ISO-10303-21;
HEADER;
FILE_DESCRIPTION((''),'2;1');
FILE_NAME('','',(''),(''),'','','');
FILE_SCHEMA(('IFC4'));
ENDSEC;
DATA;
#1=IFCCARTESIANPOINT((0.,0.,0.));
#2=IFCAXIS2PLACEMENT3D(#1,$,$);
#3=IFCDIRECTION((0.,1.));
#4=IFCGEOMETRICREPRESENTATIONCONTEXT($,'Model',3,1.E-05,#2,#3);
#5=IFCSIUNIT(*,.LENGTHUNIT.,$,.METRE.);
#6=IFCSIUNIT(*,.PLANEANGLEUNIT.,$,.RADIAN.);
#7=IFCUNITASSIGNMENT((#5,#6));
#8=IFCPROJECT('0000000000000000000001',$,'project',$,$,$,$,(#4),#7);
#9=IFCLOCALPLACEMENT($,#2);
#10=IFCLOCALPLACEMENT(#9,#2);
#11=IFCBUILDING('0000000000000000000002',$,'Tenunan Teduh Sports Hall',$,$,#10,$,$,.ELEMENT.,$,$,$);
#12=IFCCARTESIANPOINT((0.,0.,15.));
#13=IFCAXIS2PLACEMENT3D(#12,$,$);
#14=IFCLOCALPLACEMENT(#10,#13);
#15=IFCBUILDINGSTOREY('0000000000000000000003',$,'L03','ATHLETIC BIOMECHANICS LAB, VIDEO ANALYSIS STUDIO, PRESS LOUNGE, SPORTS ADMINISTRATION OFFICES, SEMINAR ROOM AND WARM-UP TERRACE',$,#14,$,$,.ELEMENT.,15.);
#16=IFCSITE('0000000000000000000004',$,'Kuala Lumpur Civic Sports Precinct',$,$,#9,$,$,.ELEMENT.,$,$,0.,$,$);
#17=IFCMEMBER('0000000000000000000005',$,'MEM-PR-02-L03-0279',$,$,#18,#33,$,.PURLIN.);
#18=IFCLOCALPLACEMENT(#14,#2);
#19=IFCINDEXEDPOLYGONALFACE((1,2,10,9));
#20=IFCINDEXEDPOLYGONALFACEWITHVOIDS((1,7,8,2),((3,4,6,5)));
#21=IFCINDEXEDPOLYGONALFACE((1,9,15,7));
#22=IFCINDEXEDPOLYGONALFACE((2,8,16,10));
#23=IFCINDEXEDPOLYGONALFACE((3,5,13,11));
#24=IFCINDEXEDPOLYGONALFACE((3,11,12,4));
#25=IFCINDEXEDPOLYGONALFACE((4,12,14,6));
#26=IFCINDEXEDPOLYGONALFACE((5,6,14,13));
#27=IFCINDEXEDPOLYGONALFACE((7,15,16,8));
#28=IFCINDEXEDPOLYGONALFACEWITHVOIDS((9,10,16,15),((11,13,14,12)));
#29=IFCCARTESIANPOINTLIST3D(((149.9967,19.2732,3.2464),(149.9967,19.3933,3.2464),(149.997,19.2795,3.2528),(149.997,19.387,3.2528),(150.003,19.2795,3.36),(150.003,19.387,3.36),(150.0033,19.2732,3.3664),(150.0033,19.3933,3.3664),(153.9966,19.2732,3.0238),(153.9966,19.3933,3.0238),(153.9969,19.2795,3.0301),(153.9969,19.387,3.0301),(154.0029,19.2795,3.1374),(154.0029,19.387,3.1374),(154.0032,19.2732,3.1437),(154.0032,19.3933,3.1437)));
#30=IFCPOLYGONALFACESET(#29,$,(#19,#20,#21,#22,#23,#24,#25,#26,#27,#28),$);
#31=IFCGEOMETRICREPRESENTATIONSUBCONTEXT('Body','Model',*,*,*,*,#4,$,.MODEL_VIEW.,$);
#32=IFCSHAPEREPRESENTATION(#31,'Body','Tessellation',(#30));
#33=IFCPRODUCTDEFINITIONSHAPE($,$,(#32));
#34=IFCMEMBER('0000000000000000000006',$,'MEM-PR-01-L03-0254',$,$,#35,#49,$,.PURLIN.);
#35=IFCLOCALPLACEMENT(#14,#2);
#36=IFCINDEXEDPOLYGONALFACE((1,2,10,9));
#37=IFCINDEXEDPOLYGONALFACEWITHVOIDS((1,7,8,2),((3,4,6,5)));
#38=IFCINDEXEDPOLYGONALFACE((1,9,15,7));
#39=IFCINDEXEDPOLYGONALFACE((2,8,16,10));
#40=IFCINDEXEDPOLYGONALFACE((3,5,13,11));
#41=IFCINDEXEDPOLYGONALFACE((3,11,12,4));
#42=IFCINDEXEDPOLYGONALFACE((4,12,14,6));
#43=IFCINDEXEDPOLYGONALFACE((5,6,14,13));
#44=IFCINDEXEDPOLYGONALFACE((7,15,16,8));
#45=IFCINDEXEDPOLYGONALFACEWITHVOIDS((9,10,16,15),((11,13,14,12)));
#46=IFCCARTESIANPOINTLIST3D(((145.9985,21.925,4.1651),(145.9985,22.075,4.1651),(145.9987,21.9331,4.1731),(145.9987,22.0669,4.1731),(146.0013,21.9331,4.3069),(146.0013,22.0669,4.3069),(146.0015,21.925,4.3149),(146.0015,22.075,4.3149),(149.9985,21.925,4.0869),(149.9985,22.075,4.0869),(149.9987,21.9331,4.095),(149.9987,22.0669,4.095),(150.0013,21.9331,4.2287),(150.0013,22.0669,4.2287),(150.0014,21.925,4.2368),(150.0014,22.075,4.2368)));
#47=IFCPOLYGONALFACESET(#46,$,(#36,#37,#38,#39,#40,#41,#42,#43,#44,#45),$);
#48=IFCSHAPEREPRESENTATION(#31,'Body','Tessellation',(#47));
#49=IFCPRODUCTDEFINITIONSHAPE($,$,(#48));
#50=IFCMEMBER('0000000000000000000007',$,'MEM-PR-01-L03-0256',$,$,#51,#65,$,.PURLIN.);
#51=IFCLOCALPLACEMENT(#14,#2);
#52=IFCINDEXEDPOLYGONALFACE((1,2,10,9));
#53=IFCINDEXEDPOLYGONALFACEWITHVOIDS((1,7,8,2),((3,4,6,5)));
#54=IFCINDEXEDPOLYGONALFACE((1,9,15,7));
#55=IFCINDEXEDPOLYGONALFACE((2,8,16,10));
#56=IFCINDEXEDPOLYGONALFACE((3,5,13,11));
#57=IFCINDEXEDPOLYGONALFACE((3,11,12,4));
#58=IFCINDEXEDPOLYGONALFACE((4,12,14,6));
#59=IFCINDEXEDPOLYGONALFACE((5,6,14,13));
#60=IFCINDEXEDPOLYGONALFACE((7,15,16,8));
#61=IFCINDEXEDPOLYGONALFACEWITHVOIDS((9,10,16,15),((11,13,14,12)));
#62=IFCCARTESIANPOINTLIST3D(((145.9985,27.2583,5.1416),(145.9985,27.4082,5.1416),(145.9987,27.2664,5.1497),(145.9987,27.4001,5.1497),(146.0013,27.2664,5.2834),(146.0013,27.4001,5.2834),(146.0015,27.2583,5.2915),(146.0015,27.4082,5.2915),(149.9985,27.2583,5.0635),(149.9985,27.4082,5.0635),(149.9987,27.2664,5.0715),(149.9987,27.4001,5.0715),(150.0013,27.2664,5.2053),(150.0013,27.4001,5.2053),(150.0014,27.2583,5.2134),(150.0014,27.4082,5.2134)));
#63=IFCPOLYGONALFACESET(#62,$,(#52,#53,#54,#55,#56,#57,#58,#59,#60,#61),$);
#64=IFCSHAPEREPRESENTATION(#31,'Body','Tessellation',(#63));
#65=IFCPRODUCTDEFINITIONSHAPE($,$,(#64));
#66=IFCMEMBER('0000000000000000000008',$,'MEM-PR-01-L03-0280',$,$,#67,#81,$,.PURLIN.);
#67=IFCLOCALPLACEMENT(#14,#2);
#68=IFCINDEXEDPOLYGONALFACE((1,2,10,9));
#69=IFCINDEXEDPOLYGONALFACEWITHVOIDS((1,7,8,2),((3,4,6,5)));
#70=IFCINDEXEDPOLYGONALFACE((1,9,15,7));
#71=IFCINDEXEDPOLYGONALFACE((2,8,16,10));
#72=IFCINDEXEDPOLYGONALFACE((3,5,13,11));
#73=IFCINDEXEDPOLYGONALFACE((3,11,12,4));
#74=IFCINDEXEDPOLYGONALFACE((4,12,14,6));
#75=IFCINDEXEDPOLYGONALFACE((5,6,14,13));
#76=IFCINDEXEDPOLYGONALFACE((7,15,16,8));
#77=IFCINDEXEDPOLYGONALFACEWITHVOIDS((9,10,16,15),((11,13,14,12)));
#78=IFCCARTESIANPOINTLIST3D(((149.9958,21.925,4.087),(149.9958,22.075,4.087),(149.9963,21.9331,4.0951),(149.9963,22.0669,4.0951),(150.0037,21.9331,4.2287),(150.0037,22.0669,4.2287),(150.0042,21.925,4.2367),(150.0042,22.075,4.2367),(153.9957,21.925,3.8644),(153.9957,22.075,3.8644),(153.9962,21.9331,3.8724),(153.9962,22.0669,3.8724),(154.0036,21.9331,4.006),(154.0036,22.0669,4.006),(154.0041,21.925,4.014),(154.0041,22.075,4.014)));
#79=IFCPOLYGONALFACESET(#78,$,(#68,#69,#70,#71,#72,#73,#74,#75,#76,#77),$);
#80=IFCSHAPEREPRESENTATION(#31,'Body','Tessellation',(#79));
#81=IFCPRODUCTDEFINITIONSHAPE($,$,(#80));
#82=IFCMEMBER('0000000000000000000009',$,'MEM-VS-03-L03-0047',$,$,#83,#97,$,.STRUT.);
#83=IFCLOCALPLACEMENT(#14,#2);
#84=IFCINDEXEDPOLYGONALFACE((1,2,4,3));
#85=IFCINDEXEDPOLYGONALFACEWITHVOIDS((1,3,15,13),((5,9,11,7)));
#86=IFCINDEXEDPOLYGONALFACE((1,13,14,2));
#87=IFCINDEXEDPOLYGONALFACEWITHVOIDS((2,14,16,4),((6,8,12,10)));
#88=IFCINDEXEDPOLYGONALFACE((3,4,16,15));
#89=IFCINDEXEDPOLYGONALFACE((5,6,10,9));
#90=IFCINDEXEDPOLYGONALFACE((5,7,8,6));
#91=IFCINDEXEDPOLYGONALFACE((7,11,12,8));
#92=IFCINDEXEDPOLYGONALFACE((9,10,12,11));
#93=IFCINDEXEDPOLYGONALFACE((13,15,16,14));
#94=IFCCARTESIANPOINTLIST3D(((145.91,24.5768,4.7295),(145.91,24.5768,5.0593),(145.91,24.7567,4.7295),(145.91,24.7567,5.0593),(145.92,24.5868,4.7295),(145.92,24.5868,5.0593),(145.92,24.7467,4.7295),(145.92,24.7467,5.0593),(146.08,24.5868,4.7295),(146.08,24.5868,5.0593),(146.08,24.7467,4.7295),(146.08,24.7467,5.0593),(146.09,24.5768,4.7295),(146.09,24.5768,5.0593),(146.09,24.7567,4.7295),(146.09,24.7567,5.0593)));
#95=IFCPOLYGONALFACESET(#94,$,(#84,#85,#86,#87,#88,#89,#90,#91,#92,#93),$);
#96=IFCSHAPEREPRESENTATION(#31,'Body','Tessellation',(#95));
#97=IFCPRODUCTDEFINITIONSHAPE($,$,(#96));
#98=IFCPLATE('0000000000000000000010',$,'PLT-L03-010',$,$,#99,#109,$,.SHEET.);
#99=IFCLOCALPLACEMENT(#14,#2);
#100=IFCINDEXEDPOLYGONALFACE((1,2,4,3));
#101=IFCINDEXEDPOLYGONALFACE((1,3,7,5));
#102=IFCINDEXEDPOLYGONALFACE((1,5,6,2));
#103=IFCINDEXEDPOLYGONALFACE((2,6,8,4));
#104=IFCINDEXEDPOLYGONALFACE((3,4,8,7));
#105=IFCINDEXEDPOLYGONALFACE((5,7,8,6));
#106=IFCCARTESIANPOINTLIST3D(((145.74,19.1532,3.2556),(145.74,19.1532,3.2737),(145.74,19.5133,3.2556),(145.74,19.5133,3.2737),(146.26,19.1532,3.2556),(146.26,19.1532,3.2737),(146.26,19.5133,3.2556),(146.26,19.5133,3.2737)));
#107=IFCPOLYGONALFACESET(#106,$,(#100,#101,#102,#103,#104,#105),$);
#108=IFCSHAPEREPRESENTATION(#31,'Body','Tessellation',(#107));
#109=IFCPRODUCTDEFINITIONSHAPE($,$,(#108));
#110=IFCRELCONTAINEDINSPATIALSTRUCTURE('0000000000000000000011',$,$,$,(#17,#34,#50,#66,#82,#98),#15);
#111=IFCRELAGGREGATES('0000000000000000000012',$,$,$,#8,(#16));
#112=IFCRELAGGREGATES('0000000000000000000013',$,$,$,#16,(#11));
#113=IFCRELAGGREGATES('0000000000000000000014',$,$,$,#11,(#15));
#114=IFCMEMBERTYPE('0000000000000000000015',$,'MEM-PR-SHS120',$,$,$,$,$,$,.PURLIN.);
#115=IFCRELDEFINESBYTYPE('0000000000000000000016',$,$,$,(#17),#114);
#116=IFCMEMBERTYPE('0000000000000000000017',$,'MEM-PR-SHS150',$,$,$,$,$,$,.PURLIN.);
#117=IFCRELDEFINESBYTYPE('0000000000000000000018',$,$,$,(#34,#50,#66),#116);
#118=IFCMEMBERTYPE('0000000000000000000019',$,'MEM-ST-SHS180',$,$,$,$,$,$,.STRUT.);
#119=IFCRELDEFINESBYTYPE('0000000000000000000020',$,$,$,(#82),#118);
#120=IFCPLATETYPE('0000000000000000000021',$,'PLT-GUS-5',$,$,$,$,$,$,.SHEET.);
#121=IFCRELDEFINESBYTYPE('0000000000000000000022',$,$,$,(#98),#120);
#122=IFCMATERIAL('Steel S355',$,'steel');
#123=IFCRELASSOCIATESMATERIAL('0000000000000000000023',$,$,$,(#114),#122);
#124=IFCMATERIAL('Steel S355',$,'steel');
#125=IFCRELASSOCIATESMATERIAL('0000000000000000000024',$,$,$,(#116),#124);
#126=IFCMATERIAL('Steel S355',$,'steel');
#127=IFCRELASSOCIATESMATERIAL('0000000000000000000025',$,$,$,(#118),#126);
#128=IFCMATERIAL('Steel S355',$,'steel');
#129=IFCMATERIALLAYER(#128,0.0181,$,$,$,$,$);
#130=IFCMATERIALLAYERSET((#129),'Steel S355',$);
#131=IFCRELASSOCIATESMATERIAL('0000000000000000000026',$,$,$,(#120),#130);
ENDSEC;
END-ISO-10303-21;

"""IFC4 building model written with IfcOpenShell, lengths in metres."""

from ifc_helpers import new_model, si_unit, direction, frame, origin, origin_2d, place, context, subcontext, project, spatial, rectangle, hollow_rectangle, extrude, material, layer, layer_set, material_profile, profile_set, type_object, element, save


model = new_model("IFC4")

# Units and contexts
model_context = context("Model", 3, precision=1e-05, world=origin(), true_north=direction((0.0, 1.0)))
body_context = subcontext(model_context, "Body", "Model", "MODEL_VIEW")
ifc_project = project(units=[si_unit("LENGTHUNIT", "METRE"), si_unit("PLANEANGLEUNIT", "RADIAN")], contexts=[model_context])

# Site, building, storey
site_placement = place(None, origin())
site = spatial("IfcSite", under=ifc_project, at=site_placement, Name="Kuala Lumpur Civic Sports Precinct", CompositionType="ELEMENT", RefElevation=0.0)
building_placement = place(site_placement, origin())
building = spatial("IfcBuilding", under=site, at=building_placement, Name="Tenunan Teduh Sports Hall", CompositionType="ELEMENT")
storey_placement = place(building_placement, frame((0.0, 0.0, 15.0)))
storey = spatial("IfcBuildingStorey", under=building, at=storey_placement, Name="L03", Description="ATHLETIC BIOMECHANICS LAB, VIDEO ANALYSIS STUDIO, PRESS LOUNGE, SPORTS ADMINISTRATION OFFICES, SEMINAR ROOM AND WARM-UP TERRACE", CompositionType="ELEMENT", Elevation=15.0)

# Members
ifc_material_1 = material(Name="Steel S355", Category="steel")
ifc_material_profile_1 = material_profile(ifc_material_1, hollow_rectangle(XDim=0.1201, YDim=0.1201, WallThickness=0.0063, at=origin_2d()), Name="SHS 120x120x6.3")
ifc_profile_set_1 = profile_set([ifc_material_profile_1], Name="Steel S355")
member_type_1 = type_object("IfcMemberType", Name="MEM-PR-SHS120", PredefinedType="PURLIN", material=ifc_profile_set_1)
member_1_placement = place(storey_placement, frame((150.0, 19.3333, 3.3064), z_axis=(0.998454, 0.0, -0.055578), x_axis=(0.0, 1.0, 0.0)))
element("IfcMember", 1, at=member_1_placement, inside=storey, type_object=member_type_1, Name="MEM-PR-02-L03-0279", PredefinedType="PURLIN", context=body_context, shape_type="SweptSolid", body=[
    extrude(hollow_rectangle(XDim=0.1201, YDim=0.1201, WallThickness=0.0063, at=origin_2d()), origin(), (0.0, 0.0, 1.0), 4.0061),
])
ifc_material_2 = material(Name="Steel S355", Category="steel")
ifc_material_profile_2 = material_profile(ifc_material_2, hollow_rectangle(XDim=0.1499, YDim=0.1499, WallThickness=0.0081, at=origin_2d()), Name="SHS 150x150x8.0")
ifc_profile_set_2 = profile_set([ifc_material_profile_2], Name="Steel S355")
member_type_2 = type_object("IfcMemberType", Name="MEM-PR-SHS150", PredefinedType="PURLIN", material=ifc_profile_set_2)
for number, where, z_axis, x_axis, name in (
    (2, (146.0, 22.0, 4.24), (0.999809, 0.0, -0.019528), (0.0, 1.0, 0.0), "MEM-PR-01-L03-0254"),
    (3, (146.0, 27.3333, 5.2166), (0.999809, 0.0, -0.019528), (0.0, 1.0, 0.0), "MEM-PR-01-L03-0256"),
):
    element("IfcMember", number, at=place(storey_placement, frame(where, z_axis=z_axis, x_axis=x_axis)), inside=storey, type_object=member_type_2, Name=name, PredefinedType="PURLIN", context=body_context, shape_type="SweptSolid", body=[
        extrude(hollow_rectangle(XDim=0.1499, YDim=0.1499, WallThickness=0.0081, at=origin_2d()), origin(), (0.0, 0.0, 1.0), 4.0007),
    ])
member_2_placement = place(storey_placement, frame((150.0, 22.0, 4.1619), z_axis=(0.998454, 0.0, -0.055578), x_axis=(0.0, 1.0, 0.0)))
element("IfcMember", 4, at=member_2_placement, inside=storey, type_object=member_type_2, Name="MEM-PR-01-L03-0280", PredefinedType="PURLIN", context=body_context, shape_type="SweptSolid", body=[
    extrude(hollow_rectangle(XDim=0.1499, YDim=0.1499, WallThickness=0.0081, at=origin_2d()), origin(), (0.0, 0.0, 1.0), 4.0061),
])
ifc_material_3 = material(Name="Steel S355", Category="steel")
ifc_material_profile_3 = material_profile(ifc_material_3, hollow_rectangle(XDim=0.1799, YDim=0.1799, WallThickness=0.01, at=origin_2d()), Name="SHS 180x180x10.0")
ifc_profile_set_3 = profile_set([ifc_material_profile_3], Name="Steel S355")
member_type_3 = type_object("IfcMemberType", Name="MEM-ST-SHS180", PredefinedType="STRUT", material=ifc_profile_set_3)
member_3_placement = place(storey_placement, frame((146.0, 24.6667, 4.7295), z_axis=(0.0, 0.0, 1.0), x_axis=(1.0, 0.0, 0.0)))
element("IfcMember", 5, at=member_3_placement, inside=storey, type_object=member_type_3, Name="MEM-VS-03-L03-0047", PredefinedType="STRUT", context=body_context, shape_type="SweptSolid", body=[
    extrude(hollow_rectangle(XDim=0.1799, YDim=0.1799, WallThickness=0.01, at=origin_2d()), origin(), (0.0, 0.0, 1.0), 0.3298),
])

# Plate
ifc_material_4 = material(Name="Steel S355", Category="steel")
ifc_layer = layer(ifc_material_4, 0.0181)
ifc_layer_set = layer_set([ifc_layer], Name="Steel S355")
plate_type = type_object("IfcPlateType", Name="PLT-GUS-5", PredefinedType="SHEET", material=ifc_layer_set)
plate_placement = place(storey_placement, frame((146.0, 19.3333, 3.2556), z_axis=(0.0, 0.0, 1.0), x_axis=(1.0, 0.0, 0.0)))
element("IfcPlate", 6, at=plate_placement, inside=storey, type_object=plate_type, Name="PLT-L03-010", PredefinedType="SHEET", context=body_context, shape_type="SweptSolid", body=[
    extrude(rectangle(XDim=0.52, YDim=0.3601, at=origin_2d()), origin(), (0.0, 0.0, 1.0), 0.0181),
])

save(model, "model.ifc")
